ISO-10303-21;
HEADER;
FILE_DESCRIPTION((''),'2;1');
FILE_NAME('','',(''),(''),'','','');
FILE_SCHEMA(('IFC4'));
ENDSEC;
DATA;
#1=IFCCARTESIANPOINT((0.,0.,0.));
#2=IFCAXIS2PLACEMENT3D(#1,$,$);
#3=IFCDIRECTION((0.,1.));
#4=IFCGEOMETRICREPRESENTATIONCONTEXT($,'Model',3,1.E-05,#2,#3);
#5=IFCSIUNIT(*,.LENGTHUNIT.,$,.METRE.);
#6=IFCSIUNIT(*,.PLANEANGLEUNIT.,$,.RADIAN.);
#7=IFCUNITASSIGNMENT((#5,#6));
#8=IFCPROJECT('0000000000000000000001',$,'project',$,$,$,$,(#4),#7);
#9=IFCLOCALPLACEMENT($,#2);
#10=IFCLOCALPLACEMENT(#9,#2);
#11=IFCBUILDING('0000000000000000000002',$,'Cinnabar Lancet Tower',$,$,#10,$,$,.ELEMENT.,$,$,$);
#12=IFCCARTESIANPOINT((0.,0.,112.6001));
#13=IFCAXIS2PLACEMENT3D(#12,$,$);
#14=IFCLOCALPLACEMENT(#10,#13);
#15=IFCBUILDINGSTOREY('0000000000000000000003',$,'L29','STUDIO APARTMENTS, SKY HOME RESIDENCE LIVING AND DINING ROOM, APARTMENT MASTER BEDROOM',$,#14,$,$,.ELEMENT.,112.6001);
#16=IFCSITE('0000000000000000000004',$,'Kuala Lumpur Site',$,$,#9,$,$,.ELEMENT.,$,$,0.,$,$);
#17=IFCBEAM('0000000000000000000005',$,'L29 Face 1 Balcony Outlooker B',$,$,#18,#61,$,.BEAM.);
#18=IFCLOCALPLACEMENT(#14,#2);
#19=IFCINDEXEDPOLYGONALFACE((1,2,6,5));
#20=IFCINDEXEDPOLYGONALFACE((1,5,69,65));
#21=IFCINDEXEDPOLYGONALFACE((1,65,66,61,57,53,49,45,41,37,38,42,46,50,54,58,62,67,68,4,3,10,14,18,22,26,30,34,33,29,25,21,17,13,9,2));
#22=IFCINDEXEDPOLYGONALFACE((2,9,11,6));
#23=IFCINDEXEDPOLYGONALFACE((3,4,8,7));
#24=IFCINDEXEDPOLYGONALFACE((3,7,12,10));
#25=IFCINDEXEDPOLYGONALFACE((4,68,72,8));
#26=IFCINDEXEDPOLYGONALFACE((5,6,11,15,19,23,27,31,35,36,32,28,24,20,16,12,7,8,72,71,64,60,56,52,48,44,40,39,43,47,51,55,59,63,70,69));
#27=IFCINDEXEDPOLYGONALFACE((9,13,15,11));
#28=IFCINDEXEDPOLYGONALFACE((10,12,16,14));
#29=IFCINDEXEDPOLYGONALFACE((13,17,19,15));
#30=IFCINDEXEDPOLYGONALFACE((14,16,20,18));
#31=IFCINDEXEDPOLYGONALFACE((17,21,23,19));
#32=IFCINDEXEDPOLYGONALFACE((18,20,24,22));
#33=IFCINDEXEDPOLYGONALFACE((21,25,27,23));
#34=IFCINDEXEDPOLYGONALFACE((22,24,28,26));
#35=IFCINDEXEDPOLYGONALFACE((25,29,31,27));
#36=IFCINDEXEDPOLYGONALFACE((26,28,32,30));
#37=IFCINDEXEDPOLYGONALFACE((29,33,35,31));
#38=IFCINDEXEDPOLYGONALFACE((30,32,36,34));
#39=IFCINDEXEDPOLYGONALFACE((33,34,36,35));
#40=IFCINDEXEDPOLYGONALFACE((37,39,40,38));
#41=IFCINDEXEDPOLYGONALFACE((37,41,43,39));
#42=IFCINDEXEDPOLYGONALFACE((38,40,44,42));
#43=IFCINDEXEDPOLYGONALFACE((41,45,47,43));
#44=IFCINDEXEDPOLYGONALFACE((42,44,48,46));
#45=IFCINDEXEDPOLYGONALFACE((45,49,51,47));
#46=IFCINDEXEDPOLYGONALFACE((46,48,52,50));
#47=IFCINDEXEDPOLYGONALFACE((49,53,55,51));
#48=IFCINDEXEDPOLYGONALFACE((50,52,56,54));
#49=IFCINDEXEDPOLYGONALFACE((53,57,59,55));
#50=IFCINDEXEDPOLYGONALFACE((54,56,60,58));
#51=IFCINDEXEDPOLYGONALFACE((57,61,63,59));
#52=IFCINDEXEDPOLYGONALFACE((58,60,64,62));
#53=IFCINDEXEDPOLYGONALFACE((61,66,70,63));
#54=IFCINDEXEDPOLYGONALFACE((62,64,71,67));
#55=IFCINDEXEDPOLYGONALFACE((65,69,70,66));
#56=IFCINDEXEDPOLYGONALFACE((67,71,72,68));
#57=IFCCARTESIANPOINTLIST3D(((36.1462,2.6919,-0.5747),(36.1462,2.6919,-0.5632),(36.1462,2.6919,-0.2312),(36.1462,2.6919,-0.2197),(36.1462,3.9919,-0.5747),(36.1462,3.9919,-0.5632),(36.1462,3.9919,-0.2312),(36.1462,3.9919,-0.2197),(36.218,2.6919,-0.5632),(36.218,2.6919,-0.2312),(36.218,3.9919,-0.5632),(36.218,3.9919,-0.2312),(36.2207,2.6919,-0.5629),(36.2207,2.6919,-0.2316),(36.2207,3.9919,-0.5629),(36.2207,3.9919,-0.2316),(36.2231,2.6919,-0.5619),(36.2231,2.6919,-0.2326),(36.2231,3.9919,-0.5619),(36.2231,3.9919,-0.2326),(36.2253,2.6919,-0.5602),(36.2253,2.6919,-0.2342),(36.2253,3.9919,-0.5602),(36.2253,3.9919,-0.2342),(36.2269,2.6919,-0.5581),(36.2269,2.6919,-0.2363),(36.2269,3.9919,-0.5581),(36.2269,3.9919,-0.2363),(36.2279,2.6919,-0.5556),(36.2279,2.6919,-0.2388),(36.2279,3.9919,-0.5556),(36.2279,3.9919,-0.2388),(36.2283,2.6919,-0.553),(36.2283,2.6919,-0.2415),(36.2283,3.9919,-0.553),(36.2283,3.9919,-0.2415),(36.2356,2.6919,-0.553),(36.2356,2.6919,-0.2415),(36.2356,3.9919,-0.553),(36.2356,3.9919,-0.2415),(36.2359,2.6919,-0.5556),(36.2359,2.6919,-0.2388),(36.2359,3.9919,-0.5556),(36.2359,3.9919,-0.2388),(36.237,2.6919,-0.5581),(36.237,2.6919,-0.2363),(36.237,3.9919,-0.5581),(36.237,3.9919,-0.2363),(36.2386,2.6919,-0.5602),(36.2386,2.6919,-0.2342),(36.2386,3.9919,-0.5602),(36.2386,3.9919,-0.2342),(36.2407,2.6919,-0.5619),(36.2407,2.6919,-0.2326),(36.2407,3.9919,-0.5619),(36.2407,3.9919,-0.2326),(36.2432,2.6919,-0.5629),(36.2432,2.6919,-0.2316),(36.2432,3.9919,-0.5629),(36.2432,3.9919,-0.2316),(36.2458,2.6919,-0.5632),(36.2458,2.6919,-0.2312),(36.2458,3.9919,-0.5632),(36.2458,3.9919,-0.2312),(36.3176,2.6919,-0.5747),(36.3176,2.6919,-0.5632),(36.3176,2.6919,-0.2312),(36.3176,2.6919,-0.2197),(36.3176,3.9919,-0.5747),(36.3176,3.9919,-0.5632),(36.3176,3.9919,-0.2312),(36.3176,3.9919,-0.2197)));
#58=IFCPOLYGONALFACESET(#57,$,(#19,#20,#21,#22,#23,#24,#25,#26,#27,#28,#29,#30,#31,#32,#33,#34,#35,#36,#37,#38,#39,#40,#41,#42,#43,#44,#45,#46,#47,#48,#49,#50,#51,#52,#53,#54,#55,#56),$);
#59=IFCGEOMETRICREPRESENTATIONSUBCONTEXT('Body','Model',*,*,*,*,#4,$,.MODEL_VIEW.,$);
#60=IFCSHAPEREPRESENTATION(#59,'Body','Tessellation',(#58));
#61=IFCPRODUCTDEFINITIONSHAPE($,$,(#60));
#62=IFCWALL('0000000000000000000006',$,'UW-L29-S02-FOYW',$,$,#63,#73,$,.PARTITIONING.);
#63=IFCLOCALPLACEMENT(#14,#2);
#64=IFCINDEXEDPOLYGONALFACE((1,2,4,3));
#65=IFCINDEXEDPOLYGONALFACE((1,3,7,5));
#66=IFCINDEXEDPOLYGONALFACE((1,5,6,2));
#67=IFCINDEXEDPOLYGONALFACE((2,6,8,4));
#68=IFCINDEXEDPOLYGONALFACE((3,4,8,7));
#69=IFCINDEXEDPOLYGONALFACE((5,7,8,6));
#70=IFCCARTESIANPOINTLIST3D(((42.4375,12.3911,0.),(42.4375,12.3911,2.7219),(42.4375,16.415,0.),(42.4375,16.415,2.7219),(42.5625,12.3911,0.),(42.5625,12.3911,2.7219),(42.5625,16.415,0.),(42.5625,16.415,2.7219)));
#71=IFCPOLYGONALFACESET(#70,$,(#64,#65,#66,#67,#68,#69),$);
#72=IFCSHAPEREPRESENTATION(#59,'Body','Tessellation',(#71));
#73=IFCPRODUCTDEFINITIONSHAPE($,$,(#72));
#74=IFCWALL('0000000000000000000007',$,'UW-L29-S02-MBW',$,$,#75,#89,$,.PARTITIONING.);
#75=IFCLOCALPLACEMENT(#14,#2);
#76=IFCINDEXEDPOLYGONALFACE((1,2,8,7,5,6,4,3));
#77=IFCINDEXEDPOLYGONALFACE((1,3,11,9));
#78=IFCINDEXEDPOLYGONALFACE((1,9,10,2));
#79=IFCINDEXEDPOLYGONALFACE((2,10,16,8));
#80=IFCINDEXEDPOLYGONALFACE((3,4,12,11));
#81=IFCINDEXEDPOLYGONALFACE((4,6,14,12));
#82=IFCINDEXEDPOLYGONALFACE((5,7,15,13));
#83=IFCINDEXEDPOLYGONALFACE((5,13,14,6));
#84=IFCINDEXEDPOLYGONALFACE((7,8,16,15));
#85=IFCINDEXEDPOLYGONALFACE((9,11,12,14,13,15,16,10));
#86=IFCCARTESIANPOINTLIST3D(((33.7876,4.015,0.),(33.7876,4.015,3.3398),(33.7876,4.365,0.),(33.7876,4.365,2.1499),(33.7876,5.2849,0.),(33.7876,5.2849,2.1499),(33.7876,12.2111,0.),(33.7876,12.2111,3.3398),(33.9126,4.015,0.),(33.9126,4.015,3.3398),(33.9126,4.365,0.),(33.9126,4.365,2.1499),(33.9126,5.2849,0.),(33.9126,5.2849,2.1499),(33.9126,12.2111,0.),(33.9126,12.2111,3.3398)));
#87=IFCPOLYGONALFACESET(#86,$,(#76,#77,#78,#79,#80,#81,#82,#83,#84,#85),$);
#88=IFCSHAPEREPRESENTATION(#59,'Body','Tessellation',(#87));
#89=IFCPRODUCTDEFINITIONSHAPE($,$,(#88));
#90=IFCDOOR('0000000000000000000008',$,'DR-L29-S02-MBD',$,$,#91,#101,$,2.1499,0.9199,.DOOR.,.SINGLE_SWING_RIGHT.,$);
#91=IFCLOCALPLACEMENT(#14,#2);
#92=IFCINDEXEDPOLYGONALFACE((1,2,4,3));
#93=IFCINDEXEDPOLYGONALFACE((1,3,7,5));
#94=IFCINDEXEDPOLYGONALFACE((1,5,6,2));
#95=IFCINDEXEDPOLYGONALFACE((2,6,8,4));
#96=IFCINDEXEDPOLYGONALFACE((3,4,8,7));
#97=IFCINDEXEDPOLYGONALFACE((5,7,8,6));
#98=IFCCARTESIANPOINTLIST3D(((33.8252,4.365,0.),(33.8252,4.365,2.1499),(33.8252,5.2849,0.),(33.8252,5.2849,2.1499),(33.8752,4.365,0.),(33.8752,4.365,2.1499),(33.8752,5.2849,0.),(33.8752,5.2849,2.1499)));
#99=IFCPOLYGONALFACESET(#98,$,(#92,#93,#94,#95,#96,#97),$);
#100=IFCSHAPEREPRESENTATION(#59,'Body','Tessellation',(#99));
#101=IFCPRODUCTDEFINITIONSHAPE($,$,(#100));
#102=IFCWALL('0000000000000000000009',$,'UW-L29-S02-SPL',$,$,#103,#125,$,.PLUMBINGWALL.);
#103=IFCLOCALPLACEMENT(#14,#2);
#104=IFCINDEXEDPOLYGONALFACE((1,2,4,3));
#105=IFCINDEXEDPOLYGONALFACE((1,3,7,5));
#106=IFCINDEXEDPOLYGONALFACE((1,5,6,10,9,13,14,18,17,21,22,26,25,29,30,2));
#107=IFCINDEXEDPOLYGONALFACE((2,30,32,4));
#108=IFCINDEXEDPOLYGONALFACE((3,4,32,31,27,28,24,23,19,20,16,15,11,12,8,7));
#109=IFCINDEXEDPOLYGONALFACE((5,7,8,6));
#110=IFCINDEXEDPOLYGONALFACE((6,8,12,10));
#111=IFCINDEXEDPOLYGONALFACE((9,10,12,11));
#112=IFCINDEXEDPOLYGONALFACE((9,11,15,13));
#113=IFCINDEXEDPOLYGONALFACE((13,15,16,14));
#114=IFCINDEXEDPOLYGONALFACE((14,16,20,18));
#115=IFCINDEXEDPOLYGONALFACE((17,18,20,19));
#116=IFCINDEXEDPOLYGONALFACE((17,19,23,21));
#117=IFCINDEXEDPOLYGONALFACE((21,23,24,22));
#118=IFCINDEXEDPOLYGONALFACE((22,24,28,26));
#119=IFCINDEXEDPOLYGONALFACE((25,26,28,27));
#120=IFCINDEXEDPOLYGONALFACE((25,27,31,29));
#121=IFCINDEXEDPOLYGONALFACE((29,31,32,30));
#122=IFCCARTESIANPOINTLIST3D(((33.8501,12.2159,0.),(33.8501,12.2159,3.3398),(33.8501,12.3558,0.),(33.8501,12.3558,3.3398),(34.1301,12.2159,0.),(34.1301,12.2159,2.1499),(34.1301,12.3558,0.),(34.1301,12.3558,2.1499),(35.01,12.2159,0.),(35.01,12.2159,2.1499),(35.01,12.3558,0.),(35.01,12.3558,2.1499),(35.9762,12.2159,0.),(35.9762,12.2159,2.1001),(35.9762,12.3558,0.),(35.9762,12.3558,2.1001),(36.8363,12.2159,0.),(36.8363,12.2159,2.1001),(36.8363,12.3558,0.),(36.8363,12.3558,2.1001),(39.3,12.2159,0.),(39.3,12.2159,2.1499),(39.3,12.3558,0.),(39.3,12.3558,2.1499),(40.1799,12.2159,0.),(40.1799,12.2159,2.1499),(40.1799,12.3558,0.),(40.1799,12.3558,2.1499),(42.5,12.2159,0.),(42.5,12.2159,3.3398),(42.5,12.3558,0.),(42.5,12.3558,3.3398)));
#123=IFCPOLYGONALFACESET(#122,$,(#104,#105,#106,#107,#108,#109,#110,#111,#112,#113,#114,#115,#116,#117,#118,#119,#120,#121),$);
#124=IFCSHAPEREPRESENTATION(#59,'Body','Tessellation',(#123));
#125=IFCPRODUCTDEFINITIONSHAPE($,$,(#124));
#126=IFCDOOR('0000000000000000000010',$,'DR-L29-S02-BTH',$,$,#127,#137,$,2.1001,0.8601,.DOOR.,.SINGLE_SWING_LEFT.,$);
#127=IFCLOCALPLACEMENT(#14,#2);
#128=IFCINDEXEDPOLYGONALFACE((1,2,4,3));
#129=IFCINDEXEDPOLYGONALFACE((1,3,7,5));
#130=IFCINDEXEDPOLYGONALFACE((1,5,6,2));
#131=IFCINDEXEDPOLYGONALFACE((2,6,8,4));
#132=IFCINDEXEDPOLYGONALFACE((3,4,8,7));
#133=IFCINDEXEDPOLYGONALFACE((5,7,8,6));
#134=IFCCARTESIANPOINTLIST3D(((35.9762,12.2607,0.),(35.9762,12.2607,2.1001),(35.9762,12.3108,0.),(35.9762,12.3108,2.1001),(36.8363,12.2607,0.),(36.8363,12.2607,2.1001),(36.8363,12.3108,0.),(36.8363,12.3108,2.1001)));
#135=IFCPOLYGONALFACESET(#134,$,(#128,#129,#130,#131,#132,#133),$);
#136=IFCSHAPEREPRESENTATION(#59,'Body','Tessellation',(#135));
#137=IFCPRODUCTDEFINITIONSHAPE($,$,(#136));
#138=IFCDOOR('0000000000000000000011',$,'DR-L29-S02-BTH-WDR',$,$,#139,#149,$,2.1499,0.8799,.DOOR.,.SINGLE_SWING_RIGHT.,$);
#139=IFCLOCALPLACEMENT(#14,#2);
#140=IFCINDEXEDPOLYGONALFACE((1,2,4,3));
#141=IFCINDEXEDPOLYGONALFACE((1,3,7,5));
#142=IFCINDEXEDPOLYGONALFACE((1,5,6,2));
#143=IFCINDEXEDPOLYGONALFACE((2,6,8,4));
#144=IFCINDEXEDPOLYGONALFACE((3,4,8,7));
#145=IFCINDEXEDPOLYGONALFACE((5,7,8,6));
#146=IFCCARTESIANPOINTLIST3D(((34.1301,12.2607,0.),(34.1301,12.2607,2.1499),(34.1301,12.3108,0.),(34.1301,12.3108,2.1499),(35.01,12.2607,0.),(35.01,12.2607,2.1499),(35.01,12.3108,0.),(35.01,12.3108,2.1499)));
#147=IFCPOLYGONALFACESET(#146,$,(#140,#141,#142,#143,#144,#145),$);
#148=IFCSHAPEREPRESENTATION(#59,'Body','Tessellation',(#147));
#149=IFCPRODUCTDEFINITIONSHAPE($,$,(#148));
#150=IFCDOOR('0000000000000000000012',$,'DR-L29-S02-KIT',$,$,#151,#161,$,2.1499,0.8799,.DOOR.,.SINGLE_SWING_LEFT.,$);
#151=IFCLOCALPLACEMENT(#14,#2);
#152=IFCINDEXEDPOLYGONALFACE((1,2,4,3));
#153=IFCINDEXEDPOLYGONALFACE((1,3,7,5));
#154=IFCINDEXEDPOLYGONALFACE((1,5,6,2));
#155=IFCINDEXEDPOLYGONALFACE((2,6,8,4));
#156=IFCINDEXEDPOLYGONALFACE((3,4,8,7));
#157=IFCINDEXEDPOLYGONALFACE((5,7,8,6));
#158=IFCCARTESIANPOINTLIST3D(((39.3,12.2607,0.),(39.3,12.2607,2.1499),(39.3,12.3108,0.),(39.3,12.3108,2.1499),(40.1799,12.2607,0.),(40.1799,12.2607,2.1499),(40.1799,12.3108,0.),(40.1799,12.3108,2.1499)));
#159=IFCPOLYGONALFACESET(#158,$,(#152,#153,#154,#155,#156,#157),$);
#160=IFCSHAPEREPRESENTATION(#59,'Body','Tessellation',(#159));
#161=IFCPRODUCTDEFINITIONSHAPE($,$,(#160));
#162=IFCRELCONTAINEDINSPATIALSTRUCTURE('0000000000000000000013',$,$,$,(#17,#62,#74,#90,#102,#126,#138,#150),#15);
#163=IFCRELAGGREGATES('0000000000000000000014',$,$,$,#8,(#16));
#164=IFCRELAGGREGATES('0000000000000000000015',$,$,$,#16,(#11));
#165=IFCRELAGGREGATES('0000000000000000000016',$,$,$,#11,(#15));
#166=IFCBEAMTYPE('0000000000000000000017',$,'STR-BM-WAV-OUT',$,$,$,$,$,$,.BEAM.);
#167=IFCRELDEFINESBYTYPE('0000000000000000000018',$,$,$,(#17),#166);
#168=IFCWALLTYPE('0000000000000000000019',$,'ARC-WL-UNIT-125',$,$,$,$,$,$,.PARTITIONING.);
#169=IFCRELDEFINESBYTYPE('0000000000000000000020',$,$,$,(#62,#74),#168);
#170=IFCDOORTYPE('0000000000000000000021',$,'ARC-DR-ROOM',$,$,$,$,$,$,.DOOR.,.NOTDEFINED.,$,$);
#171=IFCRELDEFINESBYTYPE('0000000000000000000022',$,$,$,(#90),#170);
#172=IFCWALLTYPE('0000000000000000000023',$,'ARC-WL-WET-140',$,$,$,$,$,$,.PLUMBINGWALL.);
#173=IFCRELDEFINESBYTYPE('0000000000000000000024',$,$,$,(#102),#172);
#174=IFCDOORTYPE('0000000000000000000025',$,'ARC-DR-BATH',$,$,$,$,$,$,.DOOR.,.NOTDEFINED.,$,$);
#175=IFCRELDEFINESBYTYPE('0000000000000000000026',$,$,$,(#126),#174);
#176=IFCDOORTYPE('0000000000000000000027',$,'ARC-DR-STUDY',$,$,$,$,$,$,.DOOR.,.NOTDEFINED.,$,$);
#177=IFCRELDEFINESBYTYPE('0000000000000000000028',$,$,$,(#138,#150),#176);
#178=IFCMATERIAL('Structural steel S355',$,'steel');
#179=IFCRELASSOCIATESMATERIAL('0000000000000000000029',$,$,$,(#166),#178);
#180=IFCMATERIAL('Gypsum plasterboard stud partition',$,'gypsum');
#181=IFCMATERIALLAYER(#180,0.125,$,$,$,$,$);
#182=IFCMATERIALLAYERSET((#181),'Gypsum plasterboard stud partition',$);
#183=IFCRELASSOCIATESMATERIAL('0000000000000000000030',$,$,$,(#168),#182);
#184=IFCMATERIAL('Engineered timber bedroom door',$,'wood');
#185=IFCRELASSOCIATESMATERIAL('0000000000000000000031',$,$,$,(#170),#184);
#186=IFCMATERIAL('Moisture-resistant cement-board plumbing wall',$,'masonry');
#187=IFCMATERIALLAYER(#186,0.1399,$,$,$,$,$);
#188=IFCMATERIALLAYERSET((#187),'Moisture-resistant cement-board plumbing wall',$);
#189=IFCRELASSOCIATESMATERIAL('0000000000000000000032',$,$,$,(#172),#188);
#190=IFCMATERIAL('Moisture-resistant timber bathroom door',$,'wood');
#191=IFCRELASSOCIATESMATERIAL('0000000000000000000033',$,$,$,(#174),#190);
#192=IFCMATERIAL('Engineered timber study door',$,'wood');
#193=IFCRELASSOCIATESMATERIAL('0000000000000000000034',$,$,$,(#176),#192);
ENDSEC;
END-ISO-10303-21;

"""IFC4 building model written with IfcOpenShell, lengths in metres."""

from ifc_helpers import new_model, si_unit, direction, frame, frame_2d, origin, origin_2d, place, context, subcontext, project, spatial, rectangle, i_section, extrude, material, layer, layer_set, material_profile, profile_set, type_object, element, fill, save


model = new_model("IFC4")

# Units and contexts
model_context = context("Model", 3, precision=1e-05, world=origin(), true_north=direction((0.0, 1.0)))
body_context = subcontext(model_context, "Body", "Model", "MODEL_VIEW")
ifc_project = project(units=[si_unit("LENGTHUNIT", "METRE"), si_unit("PLANEANGLEUNIT", "RADIAN")], contexts=[model_context])

# Site, building, storey
site_placement = place(None, origin())
site = spatial("IfcSite", under=ifc_project, at=site_placement, Name="Kuala Lumpur Site", CompositionType="ELEMENT", RefElevation=0.0)
building_placement = place(site_placement, origin())
building = spatial("IfcBuilding", under=site, at=building_placement, Name="Cinnabar Lancet Tower", CompositionType="ELEMENT")
storey_placement = place(building_placement, frame((0.0, 0.0, 112.6001)))
storey = spatial("IfcBuildingStorey", under=building, at=storey_placement, Name="L29", Description="STUDIO APARTMENTS, SKY HOME RESIDENCE LIVING AND DINING ROOM, APARTMENT MASTER BEDROOM", CompositionType="ELEMENT", Elevation=112.6001)

# Beam
ifc_material_1 = material(Name="Structural steel S355", Category="steel")
ifc_material_profile_1 = material_profile(ifc_material_1, i_section(OverallWidth=0.1714, OverallDepth=0.355, WebThickness=0.0073, FlangeThickness=0.0115, FilletRadius=0.0103, at=origin_2d()), Name="UKB 356x171x51")
ifc_profile_set_1 = profile_set([ifc_material_profile_1], Name="Structural steel S355")
beam_type_1 = type_object("IfcBeamType", Name="STR-BM-WAV-OUT", PredefinedType="BEAM", material=ifc_profile_set_1)
beam_1_placement = place(storey_placement, frame((36.2319, 3.9919, -0.3972), z_axis=(0.0, -1.0, 0.0), x_axis=(1.0, 0.0, 0.0)))
element("IfcBeam", 1, at=beam_1_placement, inside=storey, type_object=beam_type_1, Name="L29 Face 1 Balcony Outlooker B", PredefinedType="BEAM", context=body_context, shape_type="SweptSolid", body=[
    extrude(i_section(OverallWidth=0.1714, OverallDepth=0.355, WebThickness=0.0073, FlangeThickness=0.0115, FilletRadius=0.0103, at=origin_2d()), origin(), (0.0, 0.0, 1.0), 1.3),
])

# Wall
ifc_material_2 = material(Name="Gypsum plasterboard stud partition", Category="gypsum")
ifc_layer_1 = layer(ifc_material_2, 0.125)
ifc_layer_set_1 = layer_set([ifc_layer_1], Name="Gypsum plasterboard stud partition")
wall_type_1 = type_object("IfcWallType", Name="ARC-WL-UNIT-125", PredefinedType="PARTITIONING", material=ifc_layer_set_1)
wall_1_placement = place(storey_placement, frame((42.5, 12.3911, 0.0), z_axis=(0.0, 0.0, 1.0), x_axis=(0.0, 1.0, 0.0)))
element("IfcWall", 2, at=wall_1_placement, inside=storey, type_object=wall_type_1, Name="UW-L29-S02-FOYW", PredefinedType="PARTITIONING", context=body_context, shape_type="SweptSolid", body=[
    extrude(rectangle(XDim=4.0239, YDim=0.125, at=frame_2d((2.012, 0.0))), origin(), (0.0, 0.0, 1.0), 2.7219),
])

# Wall, opening, door
wall_2_placement = place(storey_placement, frame((33.8501, 4.0149, 0.0), z_axis=(0.0, 0.0, 1.0), x_axis=(0.0, 1.0, 0.0)))
wall_2 = element("IfcWall", 3, at=wall_2_placement, inside=storey, type_object=wall_type_1, Name="UW-L29-S02-MBW", PredefinedType="PARTITIONING", context=body_context, shape_type="SweptSolid", body=[
    extrude(rectangle(XDim=8.196, YDim=0.125, at=frame_2d((4.0981, 0.0))), origin(), (0.0, 0.0, 1.0), 3.3398),
])
opening_1_placement = place(wall_2_placement, frame((0.3501, 0.0, 0.0)))
opening_1 = element("IfcOpeningElement", 4, at=opening_1_placement, cuts=wall_2, PredefinedType="OPENING", context=body_context, shape_type="SweptSolid", body=[
    extrude(rectangle(XDim=0.9199, YDim=2.1499, at=frame_2d((0.46, 1.075))), frame((0.0, 0.0725, 0.0), z_axis=(0.0, -1.0, 0.0), x_axis=(1.0, 0.0, 0.0)), (0.0, 0.0, 1.0), 0.145),
])
ifc_material_3 = material(Name="Engineered timber bedroom door", Category="wood")
door_type_1 = type_object("IfcDoorType", Name="ARC-DR-ROOM", OperationType="NOTDEFINED", PredefinedType="DOOR", material=ifc_material_3)
door_1_placement = place(opening_1_placement, origin())
door_1 = element("IfcDoor", 5, at=door_1_placement, inside=storey, type_object=door_type_1, Name="DR-L29-S02-MBD", OperationType="SINGLE_SWING_RIGHT", OverallHeight=2.1499, OverallWidth=0.9199, PredefinedType="DOOR", context=body_context, shape_type="SweptSolid", body=[
    extrude(rectangle(XDim=0.9199, YDim=2.1499, at=frame_2d((0.46, 1.075))), frame((0.0, 0.0249, 0.0), z_axis=(0.0, -1.0, 0.0), x_axis=(1.0, 0.0, 0.0)), (0.0, 0.0, 1.0), 0.05),
])
fill(opening_1, door_1)

# Wall, openings, doors
ifc_material_4 = material(Name="Moisture-resistant cement-board plumbing wall", Category="masonry")
ifc_layer_2 = layer(ifc_material_4, 0.1399)
ifc_layer_set_2 = layer_set([ifc_layer_2], Name="Moisture-resistant cement-board plumbing wall")
wall_type_2 = type_object("IfcWallType", Name="ARC-WL-WET-140", PredefinedType="PLUMBINGWALL", material=ifc_layer_set_2)
wall_3_placement = place(storey_placement, frame((33.8501, 12.2859, 0.0), z_axis=(0.0, 0.0, 1.0), x_axis=(1.0, 0.0, 0.0)))
wall_3 = element("IfcWall", 6, at=wall_3_placement, inside=storey, type_object=wall_type_2, Name="UW-L29-S02-SPL", PredefinedType="PLUMBINGWALL", context=body_context, shape_type="SweptSolid", body=[
    extrude(rectangle(XDim=8.6499, YDim=0.1399, at=frame_2d((4.325, 0.0))), origin(), (0.0, 0.0, 1.0), 3.3398),
])
opening_2_placement = place(wall_3_placement, frame((0.28, 0.0, 0.0)))
opening_2 = element("IfcOpeningElement", 7, at=opening_2_placement, cuts=wall_3, PredefinedType="OPENING", context=body_context, shape_type="SweptSolid", body=[
    extrude(rectangle(XDim=0.8799, YDim=2.1499, at=frame_2d((0.4399, 1.075))), frame((0.0, 0.0798, 0.0), z_axis=(0.0, -1.0, 0.0), x_axis=(1.0, 0.0, 0.0)), (0.0, 0.0, 1.0), 0.1599),
])
opening_3_placement = place(wall_3_placement, frame((2.126, 0.0, 0.0)))
opening_3 = element("IfcOpeningElement", 8, at=opening_3_placement, cuts=wall_3, PredefinedType="OPENING", context=body_context, shape_type="SweptSolid", body=[
    extrude(rectangle(XDim=0.8601, YDim=2.1001, at=frame_2d((0.4302, 1.05))), frame((0.0, 0.0798, 0.0), z_axis=(0.0, -1.0, 0.0), x_axis=(1.0, 0.0, 0.0)), (0.0, 0.0, 1.0), 0.1599),
])
opening_4_placement = place(wall_3_placement, frame((5.45, 0.0, 0.0)))
opening_4 = element("IfcOpeningElement", 9, at=opening_4_placement, cuts=wall_3, PredefinedType="OPENING", context=body_context, shape_type="SweptSolid", body=[
    extrude(rectangle(XDim=0.8799, YDim=2.1499, at=frame_2d((0.4399, 1.075))), frame((0.0, 0.0798, 0.0), z_axis=(0.0, -1.0, 0.0), x_axis=(1.0, 0.0, 0.0)), (0.0, 0.0, 1.0), 0.1599),
])
ifc_material_5 = material(Name="Moisture-resistant timber bathroom door", Category="wood")
door_type_2 = type_object("IfcDoorType", Name="ARC-DR-BATH", OperationType="NOTDEFINED", PredefinedType="DOOR", material=ifc_material_5)
door_2_placement = place(opening_3_placement, origin())
door_2 = element("IfcDoor", 10, at=door_2_placement, inside=storey, type_object=door_type_2, Name="DR-L29-S02-BTH", OperationType="SINGLE_SWING_LEFT", OverallHeight=2.1001, OverallWidth=0.8601, PredefinedType="DOOR", context=body_context, shape_type="SweptSolid", body=[
    extrude(rectangle(XDim=0.8601, YDim=2.1001, at=frame_2d((0.4302, 1.05))), frame((0.0, 0.0249, 0.0), z_axis=(0.0, -1.0, 0.0), x_axis=(1.0, 0.0, 0.0)), (0.0, 0.0, 1.0), 0.05),
])
fill(opening_3, door_2)
ifc_material_6 = material(Name="Engineered timber study door", Category="wood")
door_type_3 = type_object("IfcDoorType", Name="ARC-DR-STUDY", OperationType="NOTDEFINED", PredefinedType="DOOR", material=ifc_material_6)
door_3_placement = place(opening_2_placement, origin())
door_3 = element("IfcDoor", 11, at=door_3_placement, inside=storey, type_object=door_type_3, Name="DR-L29-S02-BTH-WDR", OperationType="SINGLE_SWING_RIGHT", OverallHeight=2.1499, OverallWidth=0.8799, PredefinedType="DOOR", context=body_context, shape_type="SweptSolid", body=[
    extrude(rectangle(XDim=0.8799, YDim=2.1499, at=frame_2d((0.4399, 1.075))), frame((0.0, 0.0249, 0.0), z_axis=(0.0, -1.0, 0.0), x_axis=(1.0, 0.0, 0.0)), (0.0, 0.0, 1.0), 0.05),
])
fill(opening_2, door_3)
door_4_placement = place(opening_4_placement, origin())
door_4 = element("IfcDoor", 12, at=door_4_placement, inside=storey, type_object=door_type_3, Name="DR-L29-S02-KIT", OperationType="SINGLE_SWING_LEFT", OverallHeight=2.1499, OverallWidth=0.8799, PredefinedType="DOOR", context=body_context, shape_type="SweptSolid", body=[
    extrude(rectangle(XDim=0.8799, YDim=2.1499, at=frame_2d((0.4399, 1.075))), frame((0.0, 0.0249, 0.0), z_axis=(0.0, -1.0, 0.0), x_axis=(1.0, 0.0, 0.0)), (0.0, 0.0, 1.0), 0.05),
])
fill(opening_4, door_4)

save(model, "model.ifc")
